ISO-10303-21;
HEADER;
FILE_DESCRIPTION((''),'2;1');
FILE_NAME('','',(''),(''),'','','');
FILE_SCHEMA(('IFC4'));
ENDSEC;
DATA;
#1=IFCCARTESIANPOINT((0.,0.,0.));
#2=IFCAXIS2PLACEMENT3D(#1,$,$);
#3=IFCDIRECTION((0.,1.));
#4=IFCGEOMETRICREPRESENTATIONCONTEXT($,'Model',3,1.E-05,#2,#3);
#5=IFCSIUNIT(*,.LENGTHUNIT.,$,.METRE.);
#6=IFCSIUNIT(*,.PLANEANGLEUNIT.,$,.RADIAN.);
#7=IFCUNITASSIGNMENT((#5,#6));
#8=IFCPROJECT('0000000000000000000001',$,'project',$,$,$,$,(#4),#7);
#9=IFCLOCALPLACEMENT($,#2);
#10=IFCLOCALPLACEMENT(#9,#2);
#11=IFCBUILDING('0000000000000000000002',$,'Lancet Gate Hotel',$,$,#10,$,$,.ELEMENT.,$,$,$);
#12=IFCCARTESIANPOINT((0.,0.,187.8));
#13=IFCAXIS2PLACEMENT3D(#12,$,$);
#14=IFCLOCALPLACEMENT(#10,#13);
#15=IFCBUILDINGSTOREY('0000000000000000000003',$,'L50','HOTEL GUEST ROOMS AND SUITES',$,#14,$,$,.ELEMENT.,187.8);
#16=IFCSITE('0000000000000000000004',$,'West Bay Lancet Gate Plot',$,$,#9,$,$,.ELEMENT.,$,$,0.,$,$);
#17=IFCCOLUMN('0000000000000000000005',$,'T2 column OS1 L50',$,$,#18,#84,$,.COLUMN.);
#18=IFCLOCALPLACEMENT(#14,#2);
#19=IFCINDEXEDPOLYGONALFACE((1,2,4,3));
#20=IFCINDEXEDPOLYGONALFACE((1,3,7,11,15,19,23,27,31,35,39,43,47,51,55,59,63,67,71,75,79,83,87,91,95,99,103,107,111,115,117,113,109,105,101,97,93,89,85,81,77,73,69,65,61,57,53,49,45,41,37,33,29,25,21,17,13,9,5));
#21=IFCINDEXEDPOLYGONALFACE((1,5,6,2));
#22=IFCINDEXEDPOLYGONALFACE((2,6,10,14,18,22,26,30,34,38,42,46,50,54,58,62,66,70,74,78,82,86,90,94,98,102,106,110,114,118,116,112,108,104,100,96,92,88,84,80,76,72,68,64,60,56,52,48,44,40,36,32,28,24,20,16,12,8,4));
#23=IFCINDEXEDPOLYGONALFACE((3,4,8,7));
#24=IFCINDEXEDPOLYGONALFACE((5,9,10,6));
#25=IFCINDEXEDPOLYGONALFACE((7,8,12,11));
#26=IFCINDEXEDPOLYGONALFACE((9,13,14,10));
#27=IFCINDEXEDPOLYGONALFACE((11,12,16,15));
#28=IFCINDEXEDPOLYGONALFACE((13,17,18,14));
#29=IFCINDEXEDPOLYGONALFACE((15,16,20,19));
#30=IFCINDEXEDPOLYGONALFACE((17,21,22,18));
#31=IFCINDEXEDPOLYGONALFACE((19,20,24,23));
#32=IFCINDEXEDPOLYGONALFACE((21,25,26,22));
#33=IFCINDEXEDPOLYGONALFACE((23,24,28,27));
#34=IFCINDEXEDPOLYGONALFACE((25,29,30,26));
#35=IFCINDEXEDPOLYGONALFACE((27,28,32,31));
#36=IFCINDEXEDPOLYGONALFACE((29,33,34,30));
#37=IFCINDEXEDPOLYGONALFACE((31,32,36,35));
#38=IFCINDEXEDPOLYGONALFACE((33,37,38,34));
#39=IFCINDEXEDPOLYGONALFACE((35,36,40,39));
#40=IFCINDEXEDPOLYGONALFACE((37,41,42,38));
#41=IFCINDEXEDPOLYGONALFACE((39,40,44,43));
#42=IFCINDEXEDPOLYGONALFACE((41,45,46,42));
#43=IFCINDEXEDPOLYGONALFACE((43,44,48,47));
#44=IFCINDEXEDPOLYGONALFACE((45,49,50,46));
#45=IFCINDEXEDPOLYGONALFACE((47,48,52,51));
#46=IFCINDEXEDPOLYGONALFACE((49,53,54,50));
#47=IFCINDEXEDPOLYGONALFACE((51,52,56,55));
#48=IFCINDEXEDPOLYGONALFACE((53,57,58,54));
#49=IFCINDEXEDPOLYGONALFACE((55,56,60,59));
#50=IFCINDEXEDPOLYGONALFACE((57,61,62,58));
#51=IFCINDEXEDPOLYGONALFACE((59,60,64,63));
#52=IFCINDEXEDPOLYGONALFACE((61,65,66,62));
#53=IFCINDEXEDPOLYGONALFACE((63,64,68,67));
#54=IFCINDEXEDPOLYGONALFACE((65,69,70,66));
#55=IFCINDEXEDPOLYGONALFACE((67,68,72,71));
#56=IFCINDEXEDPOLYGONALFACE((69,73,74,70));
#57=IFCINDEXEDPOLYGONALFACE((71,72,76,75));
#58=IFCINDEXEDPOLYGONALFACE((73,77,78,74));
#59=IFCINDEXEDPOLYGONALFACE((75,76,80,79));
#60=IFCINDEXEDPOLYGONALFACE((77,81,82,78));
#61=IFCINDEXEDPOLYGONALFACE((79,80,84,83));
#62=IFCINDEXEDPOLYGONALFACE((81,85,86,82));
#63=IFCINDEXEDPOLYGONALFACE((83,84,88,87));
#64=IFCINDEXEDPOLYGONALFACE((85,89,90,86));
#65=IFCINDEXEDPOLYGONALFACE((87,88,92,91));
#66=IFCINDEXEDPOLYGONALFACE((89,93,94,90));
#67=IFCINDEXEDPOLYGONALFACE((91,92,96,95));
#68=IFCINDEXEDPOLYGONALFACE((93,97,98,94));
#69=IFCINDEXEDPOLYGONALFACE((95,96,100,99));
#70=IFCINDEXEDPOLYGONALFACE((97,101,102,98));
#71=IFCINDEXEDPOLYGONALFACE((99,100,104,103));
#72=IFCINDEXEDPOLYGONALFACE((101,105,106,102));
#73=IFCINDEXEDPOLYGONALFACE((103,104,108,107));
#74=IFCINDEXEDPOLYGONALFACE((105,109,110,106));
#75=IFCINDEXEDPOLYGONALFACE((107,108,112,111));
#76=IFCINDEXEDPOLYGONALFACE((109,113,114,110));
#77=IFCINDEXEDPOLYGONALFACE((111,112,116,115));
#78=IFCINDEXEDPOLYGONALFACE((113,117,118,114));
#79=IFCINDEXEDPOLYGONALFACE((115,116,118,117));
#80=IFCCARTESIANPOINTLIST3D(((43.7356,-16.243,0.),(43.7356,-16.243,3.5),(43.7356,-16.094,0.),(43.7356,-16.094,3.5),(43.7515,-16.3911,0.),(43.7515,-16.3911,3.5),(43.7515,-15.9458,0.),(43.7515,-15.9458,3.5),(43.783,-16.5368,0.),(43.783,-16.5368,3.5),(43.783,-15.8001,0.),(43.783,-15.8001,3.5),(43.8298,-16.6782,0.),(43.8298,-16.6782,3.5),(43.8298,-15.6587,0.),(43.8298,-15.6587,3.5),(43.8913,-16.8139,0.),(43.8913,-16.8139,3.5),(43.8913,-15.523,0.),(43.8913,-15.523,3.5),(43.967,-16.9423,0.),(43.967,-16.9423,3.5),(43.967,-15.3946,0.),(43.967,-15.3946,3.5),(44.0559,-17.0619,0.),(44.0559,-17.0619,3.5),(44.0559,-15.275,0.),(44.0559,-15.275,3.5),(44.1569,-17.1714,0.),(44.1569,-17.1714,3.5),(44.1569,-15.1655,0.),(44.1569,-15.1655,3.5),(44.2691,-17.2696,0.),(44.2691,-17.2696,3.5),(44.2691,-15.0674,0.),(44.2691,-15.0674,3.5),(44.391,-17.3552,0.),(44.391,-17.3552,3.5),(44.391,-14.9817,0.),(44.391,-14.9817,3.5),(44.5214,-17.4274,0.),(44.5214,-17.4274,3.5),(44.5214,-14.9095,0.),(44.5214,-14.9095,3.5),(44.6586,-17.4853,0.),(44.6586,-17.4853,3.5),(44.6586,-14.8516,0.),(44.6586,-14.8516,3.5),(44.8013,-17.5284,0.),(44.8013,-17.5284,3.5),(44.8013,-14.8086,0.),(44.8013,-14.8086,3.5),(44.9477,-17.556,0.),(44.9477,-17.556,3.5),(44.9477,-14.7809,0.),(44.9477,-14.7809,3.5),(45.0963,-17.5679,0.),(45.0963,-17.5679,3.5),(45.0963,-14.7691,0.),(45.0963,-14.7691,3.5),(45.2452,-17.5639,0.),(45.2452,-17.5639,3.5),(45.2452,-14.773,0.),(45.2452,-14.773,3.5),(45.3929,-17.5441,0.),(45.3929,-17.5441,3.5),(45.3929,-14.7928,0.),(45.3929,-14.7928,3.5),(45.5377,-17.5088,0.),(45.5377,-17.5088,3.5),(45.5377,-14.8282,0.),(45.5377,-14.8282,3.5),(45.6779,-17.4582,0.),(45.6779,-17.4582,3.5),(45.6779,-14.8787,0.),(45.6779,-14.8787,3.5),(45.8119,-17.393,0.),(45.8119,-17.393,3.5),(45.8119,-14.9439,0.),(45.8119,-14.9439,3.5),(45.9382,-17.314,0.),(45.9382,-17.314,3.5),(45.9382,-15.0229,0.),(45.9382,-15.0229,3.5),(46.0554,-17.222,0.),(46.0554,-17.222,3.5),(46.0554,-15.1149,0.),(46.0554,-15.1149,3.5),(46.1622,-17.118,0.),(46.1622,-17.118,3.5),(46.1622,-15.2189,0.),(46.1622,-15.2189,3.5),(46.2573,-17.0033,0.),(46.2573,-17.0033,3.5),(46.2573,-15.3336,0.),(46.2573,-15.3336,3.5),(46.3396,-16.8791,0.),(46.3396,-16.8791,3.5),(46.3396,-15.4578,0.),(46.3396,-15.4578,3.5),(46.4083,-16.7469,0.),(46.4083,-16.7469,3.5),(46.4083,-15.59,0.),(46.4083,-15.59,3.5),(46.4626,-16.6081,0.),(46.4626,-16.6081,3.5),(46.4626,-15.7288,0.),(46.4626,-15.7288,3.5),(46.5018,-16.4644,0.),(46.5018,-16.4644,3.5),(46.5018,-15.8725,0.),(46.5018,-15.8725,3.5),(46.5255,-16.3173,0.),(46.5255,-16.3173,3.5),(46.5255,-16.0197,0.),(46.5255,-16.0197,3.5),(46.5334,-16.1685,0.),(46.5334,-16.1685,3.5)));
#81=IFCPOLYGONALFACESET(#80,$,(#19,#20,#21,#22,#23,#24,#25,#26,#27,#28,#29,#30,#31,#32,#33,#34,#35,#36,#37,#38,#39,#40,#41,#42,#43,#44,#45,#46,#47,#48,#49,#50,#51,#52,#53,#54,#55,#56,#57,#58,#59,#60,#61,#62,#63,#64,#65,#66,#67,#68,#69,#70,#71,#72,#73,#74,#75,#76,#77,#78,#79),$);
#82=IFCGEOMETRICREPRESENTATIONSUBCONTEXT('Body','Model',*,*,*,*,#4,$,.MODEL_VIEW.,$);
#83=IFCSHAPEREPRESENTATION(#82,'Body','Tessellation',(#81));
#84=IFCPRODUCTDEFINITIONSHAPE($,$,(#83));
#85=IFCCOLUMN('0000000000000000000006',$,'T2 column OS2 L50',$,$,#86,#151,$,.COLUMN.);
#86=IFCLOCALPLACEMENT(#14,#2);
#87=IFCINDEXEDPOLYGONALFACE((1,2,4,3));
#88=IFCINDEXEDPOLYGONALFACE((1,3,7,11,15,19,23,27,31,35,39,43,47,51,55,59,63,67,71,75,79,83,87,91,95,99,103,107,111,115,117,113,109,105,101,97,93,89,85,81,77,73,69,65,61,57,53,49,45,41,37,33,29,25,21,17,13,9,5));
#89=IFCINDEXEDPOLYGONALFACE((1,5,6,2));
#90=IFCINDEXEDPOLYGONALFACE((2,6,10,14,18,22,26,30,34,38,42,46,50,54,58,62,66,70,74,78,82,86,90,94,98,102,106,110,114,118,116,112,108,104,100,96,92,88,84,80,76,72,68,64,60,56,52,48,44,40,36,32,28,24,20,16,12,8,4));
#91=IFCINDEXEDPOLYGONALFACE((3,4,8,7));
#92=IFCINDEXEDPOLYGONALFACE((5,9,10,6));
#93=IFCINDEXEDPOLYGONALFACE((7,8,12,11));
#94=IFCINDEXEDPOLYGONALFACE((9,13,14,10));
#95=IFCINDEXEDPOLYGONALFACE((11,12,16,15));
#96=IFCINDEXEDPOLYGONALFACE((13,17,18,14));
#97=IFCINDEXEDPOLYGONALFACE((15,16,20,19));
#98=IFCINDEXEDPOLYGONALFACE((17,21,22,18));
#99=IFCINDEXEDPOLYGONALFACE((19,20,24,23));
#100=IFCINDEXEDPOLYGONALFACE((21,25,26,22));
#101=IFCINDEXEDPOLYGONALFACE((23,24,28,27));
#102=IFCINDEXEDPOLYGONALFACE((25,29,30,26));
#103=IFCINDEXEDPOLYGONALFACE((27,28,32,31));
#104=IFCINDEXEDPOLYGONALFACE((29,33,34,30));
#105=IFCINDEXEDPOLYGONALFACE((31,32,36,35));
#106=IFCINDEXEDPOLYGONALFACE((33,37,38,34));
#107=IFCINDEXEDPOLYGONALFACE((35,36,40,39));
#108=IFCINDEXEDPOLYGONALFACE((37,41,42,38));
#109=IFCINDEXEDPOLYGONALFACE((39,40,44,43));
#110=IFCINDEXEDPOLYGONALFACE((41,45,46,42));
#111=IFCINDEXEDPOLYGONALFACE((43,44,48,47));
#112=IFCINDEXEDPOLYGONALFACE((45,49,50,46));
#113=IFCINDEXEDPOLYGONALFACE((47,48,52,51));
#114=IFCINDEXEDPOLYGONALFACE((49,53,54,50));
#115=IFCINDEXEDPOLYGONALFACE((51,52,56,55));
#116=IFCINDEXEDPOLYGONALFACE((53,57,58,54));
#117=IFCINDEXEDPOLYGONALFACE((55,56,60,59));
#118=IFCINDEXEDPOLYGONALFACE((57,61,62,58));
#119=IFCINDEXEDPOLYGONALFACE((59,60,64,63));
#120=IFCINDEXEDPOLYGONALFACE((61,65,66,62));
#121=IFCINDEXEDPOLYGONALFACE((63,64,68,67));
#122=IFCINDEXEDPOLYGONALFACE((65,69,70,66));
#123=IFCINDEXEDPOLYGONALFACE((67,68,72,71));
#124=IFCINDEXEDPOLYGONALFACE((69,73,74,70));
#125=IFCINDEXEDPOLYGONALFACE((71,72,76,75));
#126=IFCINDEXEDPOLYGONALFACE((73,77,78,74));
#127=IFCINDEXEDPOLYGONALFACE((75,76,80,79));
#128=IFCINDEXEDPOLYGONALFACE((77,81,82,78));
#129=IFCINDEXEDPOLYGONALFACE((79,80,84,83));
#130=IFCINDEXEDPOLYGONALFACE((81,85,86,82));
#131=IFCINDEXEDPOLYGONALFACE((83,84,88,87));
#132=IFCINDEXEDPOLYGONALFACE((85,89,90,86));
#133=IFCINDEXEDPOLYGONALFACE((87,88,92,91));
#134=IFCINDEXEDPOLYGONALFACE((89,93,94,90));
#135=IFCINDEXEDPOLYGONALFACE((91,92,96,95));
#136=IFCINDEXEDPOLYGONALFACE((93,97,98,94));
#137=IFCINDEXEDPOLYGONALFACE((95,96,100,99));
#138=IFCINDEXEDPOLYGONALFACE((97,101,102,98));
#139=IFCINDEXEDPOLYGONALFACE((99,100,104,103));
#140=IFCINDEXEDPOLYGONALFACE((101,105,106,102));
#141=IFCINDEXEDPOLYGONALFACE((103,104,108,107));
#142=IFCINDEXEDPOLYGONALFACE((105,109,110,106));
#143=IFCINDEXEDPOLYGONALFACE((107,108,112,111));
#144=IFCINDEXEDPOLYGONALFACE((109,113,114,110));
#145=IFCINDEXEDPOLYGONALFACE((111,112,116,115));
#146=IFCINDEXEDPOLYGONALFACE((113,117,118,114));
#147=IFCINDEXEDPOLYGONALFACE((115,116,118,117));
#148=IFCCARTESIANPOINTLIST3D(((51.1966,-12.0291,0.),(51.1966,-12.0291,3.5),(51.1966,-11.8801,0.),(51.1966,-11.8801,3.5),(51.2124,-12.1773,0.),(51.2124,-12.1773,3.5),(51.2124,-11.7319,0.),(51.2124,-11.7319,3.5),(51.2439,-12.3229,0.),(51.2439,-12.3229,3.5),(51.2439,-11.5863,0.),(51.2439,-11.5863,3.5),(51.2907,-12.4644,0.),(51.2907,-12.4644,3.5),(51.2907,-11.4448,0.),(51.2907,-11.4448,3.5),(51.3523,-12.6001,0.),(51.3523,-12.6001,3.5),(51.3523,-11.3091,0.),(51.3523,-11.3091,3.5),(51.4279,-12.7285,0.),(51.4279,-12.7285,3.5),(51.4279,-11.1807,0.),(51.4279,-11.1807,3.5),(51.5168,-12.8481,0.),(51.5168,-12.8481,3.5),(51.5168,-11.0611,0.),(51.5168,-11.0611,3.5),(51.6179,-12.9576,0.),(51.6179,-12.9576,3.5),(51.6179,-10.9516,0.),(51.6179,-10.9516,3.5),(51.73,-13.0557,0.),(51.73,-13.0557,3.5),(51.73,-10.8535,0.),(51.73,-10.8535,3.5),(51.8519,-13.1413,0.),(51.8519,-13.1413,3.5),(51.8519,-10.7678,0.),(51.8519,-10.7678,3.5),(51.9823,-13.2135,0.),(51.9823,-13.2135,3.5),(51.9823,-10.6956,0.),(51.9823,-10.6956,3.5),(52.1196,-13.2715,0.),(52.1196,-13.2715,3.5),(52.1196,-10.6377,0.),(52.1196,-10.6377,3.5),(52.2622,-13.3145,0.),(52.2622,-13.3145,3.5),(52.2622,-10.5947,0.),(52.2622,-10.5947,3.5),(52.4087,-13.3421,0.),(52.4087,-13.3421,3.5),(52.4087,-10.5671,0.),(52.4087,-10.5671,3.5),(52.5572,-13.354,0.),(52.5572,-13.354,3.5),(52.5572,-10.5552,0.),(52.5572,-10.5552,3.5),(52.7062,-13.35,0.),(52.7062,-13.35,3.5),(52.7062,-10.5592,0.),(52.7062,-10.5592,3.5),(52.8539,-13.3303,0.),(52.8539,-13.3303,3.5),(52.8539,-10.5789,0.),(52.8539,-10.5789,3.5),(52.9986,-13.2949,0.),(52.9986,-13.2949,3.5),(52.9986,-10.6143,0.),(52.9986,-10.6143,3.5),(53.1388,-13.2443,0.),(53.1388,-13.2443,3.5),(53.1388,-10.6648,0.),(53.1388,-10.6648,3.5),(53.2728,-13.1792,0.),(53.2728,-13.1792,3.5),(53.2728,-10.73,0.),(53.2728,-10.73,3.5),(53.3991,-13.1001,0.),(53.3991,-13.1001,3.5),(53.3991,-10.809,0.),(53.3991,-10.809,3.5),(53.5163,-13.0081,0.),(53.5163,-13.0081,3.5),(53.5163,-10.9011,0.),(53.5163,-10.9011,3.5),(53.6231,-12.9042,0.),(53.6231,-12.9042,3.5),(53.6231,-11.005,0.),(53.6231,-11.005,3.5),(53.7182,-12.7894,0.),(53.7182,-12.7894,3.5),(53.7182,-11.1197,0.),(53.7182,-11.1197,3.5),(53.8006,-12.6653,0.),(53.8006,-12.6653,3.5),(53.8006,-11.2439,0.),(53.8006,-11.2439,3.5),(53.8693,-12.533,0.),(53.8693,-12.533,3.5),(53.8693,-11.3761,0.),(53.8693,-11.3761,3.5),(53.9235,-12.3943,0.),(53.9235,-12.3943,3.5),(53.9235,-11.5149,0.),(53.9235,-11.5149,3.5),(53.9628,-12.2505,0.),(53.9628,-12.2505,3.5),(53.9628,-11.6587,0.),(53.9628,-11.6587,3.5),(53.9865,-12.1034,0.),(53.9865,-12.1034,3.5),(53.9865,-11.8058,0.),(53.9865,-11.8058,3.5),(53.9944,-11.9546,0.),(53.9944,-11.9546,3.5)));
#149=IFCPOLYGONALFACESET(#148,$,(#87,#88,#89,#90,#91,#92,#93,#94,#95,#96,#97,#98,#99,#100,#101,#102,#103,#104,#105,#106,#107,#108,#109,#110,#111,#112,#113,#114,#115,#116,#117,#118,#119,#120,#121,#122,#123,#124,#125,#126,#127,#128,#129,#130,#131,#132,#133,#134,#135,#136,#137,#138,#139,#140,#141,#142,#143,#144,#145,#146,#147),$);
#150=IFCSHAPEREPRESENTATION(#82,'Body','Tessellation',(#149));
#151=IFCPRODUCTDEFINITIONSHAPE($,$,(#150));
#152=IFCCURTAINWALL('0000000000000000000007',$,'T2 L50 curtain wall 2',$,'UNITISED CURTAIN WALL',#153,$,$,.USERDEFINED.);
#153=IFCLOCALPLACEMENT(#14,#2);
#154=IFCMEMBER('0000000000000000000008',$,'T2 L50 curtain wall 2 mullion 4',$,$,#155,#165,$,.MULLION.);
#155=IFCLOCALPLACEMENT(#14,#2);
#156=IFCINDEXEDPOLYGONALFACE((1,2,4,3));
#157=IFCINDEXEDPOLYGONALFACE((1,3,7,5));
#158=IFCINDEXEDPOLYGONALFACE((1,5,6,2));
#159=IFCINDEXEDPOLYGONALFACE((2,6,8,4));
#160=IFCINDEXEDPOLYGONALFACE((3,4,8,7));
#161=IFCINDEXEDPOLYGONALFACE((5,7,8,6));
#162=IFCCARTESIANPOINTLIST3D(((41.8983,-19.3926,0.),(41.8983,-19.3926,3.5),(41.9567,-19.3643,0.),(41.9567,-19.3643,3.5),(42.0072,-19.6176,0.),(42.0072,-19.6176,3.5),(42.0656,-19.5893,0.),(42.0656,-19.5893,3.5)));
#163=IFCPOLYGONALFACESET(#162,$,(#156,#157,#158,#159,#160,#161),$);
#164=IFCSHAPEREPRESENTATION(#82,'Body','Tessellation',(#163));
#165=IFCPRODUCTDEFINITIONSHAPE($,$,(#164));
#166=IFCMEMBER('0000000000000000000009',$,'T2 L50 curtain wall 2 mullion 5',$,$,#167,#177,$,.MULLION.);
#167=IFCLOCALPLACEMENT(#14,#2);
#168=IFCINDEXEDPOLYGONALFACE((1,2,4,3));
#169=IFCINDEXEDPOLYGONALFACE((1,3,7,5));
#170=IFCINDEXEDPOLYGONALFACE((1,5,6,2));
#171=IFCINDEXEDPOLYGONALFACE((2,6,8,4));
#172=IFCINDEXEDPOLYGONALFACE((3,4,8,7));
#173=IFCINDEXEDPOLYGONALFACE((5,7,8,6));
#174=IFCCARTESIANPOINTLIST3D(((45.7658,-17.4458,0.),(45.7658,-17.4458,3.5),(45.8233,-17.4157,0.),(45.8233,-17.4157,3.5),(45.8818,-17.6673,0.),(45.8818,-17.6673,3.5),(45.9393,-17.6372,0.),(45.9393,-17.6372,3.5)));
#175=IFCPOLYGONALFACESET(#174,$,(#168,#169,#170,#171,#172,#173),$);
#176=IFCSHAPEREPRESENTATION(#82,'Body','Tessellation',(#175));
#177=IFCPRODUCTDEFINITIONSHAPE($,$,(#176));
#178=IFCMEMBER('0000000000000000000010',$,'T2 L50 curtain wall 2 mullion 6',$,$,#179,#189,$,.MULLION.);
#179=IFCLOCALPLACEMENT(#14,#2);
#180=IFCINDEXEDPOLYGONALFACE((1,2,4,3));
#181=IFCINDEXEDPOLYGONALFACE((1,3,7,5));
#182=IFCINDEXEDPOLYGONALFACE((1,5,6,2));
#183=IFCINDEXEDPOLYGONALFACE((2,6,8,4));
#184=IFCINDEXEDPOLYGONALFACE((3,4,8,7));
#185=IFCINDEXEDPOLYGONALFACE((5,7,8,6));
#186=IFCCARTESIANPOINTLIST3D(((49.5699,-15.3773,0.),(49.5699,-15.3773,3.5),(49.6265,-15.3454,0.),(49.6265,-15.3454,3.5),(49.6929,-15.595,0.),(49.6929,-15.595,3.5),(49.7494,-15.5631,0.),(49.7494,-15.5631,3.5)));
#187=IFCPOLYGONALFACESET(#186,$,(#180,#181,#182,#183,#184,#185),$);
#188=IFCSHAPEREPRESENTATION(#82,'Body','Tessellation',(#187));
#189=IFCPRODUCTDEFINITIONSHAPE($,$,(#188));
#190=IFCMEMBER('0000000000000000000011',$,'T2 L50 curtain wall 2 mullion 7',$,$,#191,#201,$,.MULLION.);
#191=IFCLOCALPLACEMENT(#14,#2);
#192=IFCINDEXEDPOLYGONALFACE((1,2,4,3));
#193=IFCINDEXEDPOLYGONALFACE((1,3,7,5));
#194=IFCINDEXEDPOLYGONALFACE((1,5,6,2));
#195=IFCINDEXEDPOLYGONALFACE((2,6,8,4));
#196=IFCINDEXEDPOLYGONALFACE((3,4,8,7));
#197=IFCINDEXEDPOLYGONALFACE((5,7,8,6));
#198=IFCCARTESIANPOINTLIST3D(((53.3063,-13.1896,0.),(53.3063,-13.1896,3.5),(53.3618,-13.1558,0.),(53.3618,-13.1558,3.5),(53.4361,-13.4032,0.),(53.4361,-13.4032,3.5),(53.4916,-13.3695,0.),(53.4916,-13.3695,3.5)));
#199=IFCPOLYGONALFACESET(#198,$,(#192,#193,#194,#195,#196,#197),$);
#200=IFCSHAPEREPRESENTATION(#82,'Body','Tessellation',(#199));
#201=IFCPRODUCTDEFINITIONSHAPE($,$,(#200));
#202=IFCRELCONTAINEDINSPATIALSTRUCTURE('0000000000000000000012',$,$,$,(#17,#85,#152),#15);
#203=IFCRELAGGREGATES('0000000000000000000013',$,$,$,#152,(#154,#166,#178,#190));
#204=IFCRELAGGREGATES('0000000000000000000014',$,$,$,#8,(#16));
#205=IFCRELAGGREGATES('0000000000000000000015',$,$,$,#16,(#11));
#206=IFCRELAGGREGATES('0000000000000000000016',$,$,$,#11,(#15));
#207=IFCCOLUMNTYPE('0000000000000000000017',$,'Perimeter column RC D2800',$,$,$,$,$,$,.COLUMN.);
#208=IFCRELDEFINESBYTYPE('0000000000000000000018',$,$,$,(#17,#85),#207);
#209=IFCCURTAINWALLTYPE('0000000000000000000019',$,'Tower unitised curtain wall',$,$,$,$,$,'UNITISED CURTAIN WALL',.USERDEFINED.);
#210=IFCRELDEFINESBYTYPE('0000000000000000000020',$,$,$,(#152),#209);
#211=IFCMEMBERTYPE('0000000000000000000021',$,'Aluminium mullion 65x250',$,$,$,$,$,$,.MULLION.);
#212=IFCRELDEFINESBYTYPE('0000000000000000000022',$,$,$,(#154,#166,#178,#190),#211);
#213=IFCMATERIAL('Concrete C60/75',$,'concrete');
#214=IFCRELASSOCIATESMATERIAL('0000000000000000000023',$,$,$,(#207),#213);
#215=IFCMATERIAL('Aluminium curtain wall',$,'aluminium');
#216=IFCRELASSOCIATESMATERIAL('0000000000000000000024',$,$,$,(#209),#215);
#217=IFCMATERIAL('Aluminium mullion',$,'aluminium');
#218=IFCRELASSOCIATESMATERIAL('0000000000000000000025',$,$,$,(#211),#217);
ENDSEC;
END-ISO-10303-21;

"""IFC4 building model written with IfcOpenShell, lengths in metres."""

from ifc_helpers import new_model, si_unit, direction, frame, origin, origin_2d, place, context, subcontext, project, spatial, rectangle, circle, extrude, material, material_profile, profile_set, type_object, element, aggregate, save


model = new_model("IFC4")

# Units and contexts
model_context = context("Model", 3, precision=1e-05, world=origin(), true_north=direction((0.0, 1.0)))
body_context = subcontext(model_context, "Body", "Model", "MODEL_VIEW")
ifc_project = project(units=[si_unit("LENGTHUNIT", "METRE"), si_unit("PLANEANGLEUNIT", "RADIAN")], contexts=[model_context])

# Site, building, storey
site_placement = place(None, origin())
site = spatial("IfcSite", under=ifc_project, at=site_placement, Name="West Bay Lancet Gate Plot", CompositionType="ELEMENT", RefElevation=0.0)
building_placement = place(site_placement, origin())
building = spatial("IfcBuilding", under=site, at=building_placement, Name="Lancet Gate Hotel", CompositionType="ELEMENT")
storey_placement = place(building_placement, frame((0.0, 0.0, 187.8)))
storey = spatial("IfcBuildingStorey", under=building, at=storey_placement, Name="L50", Description="HOTEL GUEST ROOMS AND SUITES", CompositionType="ELEMENT", Elevation=187.8)

# Columns
ifc_material_1 = material(Name="Concrete C60/75", Category="concrete")
ifc_material_profile_1 = material_profile(ifc_material_1, circle(Radius=1.3999, at=origin_2d()), Name="RC D2800")
ifc_profile_set_1 = profile_set([ifc_material_profile_1], Name="Concrete C60/75")
column_type = type_object("IfcColumnType", Name="Perimeter column RC D2800", PredefinedType="COLUMN", material=ifc_profile_set_1)
for number, where, z_axis, x_axis, name in (
    (1, (45.1335, -16.1685, 0.0), (0.0, 0.0, 1.0), (1.0, 0.0, 0.0), "T2 column OS1 L50"),
    (2, (52.5945, -11.9546, 0.0), (0.0, 0.0, 1.0), (1.0, 0.0, 0.0), "T2 column OS2 L50"),
):
    element("IfcColumn", number, at=place(storey_placement, frame(where, z_axis=z_axis, x_axis=x_axis)), inside=storey, type_object=column_type, Name=name, PredefinedType="COLUMN", context=body_context, shape_type="SweptSolid", body=[
        extrude(circle(Radius=1.3999, at=origin_2d()), origin(), (0.0, 0.0, 1.0), 3.5),
    ])

# Curtain wall, members
ifc_material_2 = material(Name="Aluminium curtain wall", Category="aluminium")
curtain_wall_type = type_object("IfcCurtainWallType", Name="Tower unitised curtain wall", ElementType="UNITISED CURTAIN WALL", PredefinedType="USERDEFINED", material=ifc_material_2)
curtain_wall_placement = place(storey_placement, origin())
curtain_wall = element("IfcCurtainWall", 3, at=curtain_wall_placement, inside=storey, type_object=curtain_wall_type, Name="T2 L50 curtain wall 2", ObjectType="UNITISED CURTAIN WALL", PredefinedType="USERDEFINED")
ifc_material_3 = material(Name="Aluminium mullion", Category="aluminium")
ifc_material_profile_2 = material_profile(ifc_material_3, rectangle(XDim=0.0649, YDim=0.25, at=origin_2d()), Name="MULLION 65x250")
ifc_profile_set_2 = profile_set([ifc_material_profile_2], Name="Aluminium mullion")
member_type_1 = type_object("IfcMemberType", Name="Aluminium mullion 65x250", PredefinedType="MULLION", material=ifc_profile_set_2)
member_1_placement = place(storey_placement, frame((41.9819, -19.491, 0.0), z_axis=(0.0, 0.0, 1.0), x_axis=(0.900141, 0.435598, 0.0)))
member_1 = element("IfcMember", 4, at=member_1_placement, type_object=member_type_1, Name="T2 L50 curtain wall 2 mullion 4", PredefinedType="MULLION", context=body_context, shape_type="SweptSolid", body=[
    extrude(rectangle(XDim=0.0649, YDim=0.25, at=origin_2d()), origin(), (0.0, 0.0, 1.0), 3.5),
])
member_2_placement = place(storey_placement, frame((45.8525, -17.5415, 0.0), z_axis=(0.0, 0.0, 1.0), x_axis=(0.885877, 0.46392, 0.0)))
member_2 = element("IfcMember", 5, at=member_2_placement, type_object=member_type_1, Name="T2 L50 curtain wall 2 mullion 5", PredefinedType="MULLION", context=body_context, shape_type="SweptSolid", body=[
    extrude(rectangle(XDim=0.0649, YDim=0.25, at=origin_2d()), origin(), (0.0, 0.0, 1.0), 3.5),
])
member_3_placement = place(storey_placement, frame((49.6597, -15.4702, 0.0), z_axis=(0.0, 0.0, 1.0), x_axis=(0.870722, 0.491776, 0.0)))
member_3 = element("IfcMember", 6, at=member_3_placement, type_object=member_type_1, Name="T2 L50 curtain wall 2 mullion 6", PredefinedType="MULLION", context=body_context, shape_type="SweptSolid", body=[
    extrude(rectangle(XDim=0.0649, YDim=0.25, at=origin_2d()), origin(), (0.0, 0.0, 1.0), 3.5),
])
member_4_placement = place(storey_placement, frame((53.3989, -13.2795, 0.0), z_axis=(0.0, 0.0, 1.0), x_axis=(0.854691, 0.519137, 0.0)))
member_4 = element("IfcMember", 7, at=member_4_placement, type_object=member_type_1, Name="T2 L50 curtain wall 2 mullion 7", PredefinedType="MULLION", context=body_context, shape_type="SweptSolid", body=[
    extrude(rectangle(XDim=0.0649, YDim=0.25, at=origin_2d()), origin(), (0.0, 0.0, 1.0), 3.5),
])

aggregate(curtain_wall, [member_1, member_2, member_3, member_4])

save(model, "model.ifc")
